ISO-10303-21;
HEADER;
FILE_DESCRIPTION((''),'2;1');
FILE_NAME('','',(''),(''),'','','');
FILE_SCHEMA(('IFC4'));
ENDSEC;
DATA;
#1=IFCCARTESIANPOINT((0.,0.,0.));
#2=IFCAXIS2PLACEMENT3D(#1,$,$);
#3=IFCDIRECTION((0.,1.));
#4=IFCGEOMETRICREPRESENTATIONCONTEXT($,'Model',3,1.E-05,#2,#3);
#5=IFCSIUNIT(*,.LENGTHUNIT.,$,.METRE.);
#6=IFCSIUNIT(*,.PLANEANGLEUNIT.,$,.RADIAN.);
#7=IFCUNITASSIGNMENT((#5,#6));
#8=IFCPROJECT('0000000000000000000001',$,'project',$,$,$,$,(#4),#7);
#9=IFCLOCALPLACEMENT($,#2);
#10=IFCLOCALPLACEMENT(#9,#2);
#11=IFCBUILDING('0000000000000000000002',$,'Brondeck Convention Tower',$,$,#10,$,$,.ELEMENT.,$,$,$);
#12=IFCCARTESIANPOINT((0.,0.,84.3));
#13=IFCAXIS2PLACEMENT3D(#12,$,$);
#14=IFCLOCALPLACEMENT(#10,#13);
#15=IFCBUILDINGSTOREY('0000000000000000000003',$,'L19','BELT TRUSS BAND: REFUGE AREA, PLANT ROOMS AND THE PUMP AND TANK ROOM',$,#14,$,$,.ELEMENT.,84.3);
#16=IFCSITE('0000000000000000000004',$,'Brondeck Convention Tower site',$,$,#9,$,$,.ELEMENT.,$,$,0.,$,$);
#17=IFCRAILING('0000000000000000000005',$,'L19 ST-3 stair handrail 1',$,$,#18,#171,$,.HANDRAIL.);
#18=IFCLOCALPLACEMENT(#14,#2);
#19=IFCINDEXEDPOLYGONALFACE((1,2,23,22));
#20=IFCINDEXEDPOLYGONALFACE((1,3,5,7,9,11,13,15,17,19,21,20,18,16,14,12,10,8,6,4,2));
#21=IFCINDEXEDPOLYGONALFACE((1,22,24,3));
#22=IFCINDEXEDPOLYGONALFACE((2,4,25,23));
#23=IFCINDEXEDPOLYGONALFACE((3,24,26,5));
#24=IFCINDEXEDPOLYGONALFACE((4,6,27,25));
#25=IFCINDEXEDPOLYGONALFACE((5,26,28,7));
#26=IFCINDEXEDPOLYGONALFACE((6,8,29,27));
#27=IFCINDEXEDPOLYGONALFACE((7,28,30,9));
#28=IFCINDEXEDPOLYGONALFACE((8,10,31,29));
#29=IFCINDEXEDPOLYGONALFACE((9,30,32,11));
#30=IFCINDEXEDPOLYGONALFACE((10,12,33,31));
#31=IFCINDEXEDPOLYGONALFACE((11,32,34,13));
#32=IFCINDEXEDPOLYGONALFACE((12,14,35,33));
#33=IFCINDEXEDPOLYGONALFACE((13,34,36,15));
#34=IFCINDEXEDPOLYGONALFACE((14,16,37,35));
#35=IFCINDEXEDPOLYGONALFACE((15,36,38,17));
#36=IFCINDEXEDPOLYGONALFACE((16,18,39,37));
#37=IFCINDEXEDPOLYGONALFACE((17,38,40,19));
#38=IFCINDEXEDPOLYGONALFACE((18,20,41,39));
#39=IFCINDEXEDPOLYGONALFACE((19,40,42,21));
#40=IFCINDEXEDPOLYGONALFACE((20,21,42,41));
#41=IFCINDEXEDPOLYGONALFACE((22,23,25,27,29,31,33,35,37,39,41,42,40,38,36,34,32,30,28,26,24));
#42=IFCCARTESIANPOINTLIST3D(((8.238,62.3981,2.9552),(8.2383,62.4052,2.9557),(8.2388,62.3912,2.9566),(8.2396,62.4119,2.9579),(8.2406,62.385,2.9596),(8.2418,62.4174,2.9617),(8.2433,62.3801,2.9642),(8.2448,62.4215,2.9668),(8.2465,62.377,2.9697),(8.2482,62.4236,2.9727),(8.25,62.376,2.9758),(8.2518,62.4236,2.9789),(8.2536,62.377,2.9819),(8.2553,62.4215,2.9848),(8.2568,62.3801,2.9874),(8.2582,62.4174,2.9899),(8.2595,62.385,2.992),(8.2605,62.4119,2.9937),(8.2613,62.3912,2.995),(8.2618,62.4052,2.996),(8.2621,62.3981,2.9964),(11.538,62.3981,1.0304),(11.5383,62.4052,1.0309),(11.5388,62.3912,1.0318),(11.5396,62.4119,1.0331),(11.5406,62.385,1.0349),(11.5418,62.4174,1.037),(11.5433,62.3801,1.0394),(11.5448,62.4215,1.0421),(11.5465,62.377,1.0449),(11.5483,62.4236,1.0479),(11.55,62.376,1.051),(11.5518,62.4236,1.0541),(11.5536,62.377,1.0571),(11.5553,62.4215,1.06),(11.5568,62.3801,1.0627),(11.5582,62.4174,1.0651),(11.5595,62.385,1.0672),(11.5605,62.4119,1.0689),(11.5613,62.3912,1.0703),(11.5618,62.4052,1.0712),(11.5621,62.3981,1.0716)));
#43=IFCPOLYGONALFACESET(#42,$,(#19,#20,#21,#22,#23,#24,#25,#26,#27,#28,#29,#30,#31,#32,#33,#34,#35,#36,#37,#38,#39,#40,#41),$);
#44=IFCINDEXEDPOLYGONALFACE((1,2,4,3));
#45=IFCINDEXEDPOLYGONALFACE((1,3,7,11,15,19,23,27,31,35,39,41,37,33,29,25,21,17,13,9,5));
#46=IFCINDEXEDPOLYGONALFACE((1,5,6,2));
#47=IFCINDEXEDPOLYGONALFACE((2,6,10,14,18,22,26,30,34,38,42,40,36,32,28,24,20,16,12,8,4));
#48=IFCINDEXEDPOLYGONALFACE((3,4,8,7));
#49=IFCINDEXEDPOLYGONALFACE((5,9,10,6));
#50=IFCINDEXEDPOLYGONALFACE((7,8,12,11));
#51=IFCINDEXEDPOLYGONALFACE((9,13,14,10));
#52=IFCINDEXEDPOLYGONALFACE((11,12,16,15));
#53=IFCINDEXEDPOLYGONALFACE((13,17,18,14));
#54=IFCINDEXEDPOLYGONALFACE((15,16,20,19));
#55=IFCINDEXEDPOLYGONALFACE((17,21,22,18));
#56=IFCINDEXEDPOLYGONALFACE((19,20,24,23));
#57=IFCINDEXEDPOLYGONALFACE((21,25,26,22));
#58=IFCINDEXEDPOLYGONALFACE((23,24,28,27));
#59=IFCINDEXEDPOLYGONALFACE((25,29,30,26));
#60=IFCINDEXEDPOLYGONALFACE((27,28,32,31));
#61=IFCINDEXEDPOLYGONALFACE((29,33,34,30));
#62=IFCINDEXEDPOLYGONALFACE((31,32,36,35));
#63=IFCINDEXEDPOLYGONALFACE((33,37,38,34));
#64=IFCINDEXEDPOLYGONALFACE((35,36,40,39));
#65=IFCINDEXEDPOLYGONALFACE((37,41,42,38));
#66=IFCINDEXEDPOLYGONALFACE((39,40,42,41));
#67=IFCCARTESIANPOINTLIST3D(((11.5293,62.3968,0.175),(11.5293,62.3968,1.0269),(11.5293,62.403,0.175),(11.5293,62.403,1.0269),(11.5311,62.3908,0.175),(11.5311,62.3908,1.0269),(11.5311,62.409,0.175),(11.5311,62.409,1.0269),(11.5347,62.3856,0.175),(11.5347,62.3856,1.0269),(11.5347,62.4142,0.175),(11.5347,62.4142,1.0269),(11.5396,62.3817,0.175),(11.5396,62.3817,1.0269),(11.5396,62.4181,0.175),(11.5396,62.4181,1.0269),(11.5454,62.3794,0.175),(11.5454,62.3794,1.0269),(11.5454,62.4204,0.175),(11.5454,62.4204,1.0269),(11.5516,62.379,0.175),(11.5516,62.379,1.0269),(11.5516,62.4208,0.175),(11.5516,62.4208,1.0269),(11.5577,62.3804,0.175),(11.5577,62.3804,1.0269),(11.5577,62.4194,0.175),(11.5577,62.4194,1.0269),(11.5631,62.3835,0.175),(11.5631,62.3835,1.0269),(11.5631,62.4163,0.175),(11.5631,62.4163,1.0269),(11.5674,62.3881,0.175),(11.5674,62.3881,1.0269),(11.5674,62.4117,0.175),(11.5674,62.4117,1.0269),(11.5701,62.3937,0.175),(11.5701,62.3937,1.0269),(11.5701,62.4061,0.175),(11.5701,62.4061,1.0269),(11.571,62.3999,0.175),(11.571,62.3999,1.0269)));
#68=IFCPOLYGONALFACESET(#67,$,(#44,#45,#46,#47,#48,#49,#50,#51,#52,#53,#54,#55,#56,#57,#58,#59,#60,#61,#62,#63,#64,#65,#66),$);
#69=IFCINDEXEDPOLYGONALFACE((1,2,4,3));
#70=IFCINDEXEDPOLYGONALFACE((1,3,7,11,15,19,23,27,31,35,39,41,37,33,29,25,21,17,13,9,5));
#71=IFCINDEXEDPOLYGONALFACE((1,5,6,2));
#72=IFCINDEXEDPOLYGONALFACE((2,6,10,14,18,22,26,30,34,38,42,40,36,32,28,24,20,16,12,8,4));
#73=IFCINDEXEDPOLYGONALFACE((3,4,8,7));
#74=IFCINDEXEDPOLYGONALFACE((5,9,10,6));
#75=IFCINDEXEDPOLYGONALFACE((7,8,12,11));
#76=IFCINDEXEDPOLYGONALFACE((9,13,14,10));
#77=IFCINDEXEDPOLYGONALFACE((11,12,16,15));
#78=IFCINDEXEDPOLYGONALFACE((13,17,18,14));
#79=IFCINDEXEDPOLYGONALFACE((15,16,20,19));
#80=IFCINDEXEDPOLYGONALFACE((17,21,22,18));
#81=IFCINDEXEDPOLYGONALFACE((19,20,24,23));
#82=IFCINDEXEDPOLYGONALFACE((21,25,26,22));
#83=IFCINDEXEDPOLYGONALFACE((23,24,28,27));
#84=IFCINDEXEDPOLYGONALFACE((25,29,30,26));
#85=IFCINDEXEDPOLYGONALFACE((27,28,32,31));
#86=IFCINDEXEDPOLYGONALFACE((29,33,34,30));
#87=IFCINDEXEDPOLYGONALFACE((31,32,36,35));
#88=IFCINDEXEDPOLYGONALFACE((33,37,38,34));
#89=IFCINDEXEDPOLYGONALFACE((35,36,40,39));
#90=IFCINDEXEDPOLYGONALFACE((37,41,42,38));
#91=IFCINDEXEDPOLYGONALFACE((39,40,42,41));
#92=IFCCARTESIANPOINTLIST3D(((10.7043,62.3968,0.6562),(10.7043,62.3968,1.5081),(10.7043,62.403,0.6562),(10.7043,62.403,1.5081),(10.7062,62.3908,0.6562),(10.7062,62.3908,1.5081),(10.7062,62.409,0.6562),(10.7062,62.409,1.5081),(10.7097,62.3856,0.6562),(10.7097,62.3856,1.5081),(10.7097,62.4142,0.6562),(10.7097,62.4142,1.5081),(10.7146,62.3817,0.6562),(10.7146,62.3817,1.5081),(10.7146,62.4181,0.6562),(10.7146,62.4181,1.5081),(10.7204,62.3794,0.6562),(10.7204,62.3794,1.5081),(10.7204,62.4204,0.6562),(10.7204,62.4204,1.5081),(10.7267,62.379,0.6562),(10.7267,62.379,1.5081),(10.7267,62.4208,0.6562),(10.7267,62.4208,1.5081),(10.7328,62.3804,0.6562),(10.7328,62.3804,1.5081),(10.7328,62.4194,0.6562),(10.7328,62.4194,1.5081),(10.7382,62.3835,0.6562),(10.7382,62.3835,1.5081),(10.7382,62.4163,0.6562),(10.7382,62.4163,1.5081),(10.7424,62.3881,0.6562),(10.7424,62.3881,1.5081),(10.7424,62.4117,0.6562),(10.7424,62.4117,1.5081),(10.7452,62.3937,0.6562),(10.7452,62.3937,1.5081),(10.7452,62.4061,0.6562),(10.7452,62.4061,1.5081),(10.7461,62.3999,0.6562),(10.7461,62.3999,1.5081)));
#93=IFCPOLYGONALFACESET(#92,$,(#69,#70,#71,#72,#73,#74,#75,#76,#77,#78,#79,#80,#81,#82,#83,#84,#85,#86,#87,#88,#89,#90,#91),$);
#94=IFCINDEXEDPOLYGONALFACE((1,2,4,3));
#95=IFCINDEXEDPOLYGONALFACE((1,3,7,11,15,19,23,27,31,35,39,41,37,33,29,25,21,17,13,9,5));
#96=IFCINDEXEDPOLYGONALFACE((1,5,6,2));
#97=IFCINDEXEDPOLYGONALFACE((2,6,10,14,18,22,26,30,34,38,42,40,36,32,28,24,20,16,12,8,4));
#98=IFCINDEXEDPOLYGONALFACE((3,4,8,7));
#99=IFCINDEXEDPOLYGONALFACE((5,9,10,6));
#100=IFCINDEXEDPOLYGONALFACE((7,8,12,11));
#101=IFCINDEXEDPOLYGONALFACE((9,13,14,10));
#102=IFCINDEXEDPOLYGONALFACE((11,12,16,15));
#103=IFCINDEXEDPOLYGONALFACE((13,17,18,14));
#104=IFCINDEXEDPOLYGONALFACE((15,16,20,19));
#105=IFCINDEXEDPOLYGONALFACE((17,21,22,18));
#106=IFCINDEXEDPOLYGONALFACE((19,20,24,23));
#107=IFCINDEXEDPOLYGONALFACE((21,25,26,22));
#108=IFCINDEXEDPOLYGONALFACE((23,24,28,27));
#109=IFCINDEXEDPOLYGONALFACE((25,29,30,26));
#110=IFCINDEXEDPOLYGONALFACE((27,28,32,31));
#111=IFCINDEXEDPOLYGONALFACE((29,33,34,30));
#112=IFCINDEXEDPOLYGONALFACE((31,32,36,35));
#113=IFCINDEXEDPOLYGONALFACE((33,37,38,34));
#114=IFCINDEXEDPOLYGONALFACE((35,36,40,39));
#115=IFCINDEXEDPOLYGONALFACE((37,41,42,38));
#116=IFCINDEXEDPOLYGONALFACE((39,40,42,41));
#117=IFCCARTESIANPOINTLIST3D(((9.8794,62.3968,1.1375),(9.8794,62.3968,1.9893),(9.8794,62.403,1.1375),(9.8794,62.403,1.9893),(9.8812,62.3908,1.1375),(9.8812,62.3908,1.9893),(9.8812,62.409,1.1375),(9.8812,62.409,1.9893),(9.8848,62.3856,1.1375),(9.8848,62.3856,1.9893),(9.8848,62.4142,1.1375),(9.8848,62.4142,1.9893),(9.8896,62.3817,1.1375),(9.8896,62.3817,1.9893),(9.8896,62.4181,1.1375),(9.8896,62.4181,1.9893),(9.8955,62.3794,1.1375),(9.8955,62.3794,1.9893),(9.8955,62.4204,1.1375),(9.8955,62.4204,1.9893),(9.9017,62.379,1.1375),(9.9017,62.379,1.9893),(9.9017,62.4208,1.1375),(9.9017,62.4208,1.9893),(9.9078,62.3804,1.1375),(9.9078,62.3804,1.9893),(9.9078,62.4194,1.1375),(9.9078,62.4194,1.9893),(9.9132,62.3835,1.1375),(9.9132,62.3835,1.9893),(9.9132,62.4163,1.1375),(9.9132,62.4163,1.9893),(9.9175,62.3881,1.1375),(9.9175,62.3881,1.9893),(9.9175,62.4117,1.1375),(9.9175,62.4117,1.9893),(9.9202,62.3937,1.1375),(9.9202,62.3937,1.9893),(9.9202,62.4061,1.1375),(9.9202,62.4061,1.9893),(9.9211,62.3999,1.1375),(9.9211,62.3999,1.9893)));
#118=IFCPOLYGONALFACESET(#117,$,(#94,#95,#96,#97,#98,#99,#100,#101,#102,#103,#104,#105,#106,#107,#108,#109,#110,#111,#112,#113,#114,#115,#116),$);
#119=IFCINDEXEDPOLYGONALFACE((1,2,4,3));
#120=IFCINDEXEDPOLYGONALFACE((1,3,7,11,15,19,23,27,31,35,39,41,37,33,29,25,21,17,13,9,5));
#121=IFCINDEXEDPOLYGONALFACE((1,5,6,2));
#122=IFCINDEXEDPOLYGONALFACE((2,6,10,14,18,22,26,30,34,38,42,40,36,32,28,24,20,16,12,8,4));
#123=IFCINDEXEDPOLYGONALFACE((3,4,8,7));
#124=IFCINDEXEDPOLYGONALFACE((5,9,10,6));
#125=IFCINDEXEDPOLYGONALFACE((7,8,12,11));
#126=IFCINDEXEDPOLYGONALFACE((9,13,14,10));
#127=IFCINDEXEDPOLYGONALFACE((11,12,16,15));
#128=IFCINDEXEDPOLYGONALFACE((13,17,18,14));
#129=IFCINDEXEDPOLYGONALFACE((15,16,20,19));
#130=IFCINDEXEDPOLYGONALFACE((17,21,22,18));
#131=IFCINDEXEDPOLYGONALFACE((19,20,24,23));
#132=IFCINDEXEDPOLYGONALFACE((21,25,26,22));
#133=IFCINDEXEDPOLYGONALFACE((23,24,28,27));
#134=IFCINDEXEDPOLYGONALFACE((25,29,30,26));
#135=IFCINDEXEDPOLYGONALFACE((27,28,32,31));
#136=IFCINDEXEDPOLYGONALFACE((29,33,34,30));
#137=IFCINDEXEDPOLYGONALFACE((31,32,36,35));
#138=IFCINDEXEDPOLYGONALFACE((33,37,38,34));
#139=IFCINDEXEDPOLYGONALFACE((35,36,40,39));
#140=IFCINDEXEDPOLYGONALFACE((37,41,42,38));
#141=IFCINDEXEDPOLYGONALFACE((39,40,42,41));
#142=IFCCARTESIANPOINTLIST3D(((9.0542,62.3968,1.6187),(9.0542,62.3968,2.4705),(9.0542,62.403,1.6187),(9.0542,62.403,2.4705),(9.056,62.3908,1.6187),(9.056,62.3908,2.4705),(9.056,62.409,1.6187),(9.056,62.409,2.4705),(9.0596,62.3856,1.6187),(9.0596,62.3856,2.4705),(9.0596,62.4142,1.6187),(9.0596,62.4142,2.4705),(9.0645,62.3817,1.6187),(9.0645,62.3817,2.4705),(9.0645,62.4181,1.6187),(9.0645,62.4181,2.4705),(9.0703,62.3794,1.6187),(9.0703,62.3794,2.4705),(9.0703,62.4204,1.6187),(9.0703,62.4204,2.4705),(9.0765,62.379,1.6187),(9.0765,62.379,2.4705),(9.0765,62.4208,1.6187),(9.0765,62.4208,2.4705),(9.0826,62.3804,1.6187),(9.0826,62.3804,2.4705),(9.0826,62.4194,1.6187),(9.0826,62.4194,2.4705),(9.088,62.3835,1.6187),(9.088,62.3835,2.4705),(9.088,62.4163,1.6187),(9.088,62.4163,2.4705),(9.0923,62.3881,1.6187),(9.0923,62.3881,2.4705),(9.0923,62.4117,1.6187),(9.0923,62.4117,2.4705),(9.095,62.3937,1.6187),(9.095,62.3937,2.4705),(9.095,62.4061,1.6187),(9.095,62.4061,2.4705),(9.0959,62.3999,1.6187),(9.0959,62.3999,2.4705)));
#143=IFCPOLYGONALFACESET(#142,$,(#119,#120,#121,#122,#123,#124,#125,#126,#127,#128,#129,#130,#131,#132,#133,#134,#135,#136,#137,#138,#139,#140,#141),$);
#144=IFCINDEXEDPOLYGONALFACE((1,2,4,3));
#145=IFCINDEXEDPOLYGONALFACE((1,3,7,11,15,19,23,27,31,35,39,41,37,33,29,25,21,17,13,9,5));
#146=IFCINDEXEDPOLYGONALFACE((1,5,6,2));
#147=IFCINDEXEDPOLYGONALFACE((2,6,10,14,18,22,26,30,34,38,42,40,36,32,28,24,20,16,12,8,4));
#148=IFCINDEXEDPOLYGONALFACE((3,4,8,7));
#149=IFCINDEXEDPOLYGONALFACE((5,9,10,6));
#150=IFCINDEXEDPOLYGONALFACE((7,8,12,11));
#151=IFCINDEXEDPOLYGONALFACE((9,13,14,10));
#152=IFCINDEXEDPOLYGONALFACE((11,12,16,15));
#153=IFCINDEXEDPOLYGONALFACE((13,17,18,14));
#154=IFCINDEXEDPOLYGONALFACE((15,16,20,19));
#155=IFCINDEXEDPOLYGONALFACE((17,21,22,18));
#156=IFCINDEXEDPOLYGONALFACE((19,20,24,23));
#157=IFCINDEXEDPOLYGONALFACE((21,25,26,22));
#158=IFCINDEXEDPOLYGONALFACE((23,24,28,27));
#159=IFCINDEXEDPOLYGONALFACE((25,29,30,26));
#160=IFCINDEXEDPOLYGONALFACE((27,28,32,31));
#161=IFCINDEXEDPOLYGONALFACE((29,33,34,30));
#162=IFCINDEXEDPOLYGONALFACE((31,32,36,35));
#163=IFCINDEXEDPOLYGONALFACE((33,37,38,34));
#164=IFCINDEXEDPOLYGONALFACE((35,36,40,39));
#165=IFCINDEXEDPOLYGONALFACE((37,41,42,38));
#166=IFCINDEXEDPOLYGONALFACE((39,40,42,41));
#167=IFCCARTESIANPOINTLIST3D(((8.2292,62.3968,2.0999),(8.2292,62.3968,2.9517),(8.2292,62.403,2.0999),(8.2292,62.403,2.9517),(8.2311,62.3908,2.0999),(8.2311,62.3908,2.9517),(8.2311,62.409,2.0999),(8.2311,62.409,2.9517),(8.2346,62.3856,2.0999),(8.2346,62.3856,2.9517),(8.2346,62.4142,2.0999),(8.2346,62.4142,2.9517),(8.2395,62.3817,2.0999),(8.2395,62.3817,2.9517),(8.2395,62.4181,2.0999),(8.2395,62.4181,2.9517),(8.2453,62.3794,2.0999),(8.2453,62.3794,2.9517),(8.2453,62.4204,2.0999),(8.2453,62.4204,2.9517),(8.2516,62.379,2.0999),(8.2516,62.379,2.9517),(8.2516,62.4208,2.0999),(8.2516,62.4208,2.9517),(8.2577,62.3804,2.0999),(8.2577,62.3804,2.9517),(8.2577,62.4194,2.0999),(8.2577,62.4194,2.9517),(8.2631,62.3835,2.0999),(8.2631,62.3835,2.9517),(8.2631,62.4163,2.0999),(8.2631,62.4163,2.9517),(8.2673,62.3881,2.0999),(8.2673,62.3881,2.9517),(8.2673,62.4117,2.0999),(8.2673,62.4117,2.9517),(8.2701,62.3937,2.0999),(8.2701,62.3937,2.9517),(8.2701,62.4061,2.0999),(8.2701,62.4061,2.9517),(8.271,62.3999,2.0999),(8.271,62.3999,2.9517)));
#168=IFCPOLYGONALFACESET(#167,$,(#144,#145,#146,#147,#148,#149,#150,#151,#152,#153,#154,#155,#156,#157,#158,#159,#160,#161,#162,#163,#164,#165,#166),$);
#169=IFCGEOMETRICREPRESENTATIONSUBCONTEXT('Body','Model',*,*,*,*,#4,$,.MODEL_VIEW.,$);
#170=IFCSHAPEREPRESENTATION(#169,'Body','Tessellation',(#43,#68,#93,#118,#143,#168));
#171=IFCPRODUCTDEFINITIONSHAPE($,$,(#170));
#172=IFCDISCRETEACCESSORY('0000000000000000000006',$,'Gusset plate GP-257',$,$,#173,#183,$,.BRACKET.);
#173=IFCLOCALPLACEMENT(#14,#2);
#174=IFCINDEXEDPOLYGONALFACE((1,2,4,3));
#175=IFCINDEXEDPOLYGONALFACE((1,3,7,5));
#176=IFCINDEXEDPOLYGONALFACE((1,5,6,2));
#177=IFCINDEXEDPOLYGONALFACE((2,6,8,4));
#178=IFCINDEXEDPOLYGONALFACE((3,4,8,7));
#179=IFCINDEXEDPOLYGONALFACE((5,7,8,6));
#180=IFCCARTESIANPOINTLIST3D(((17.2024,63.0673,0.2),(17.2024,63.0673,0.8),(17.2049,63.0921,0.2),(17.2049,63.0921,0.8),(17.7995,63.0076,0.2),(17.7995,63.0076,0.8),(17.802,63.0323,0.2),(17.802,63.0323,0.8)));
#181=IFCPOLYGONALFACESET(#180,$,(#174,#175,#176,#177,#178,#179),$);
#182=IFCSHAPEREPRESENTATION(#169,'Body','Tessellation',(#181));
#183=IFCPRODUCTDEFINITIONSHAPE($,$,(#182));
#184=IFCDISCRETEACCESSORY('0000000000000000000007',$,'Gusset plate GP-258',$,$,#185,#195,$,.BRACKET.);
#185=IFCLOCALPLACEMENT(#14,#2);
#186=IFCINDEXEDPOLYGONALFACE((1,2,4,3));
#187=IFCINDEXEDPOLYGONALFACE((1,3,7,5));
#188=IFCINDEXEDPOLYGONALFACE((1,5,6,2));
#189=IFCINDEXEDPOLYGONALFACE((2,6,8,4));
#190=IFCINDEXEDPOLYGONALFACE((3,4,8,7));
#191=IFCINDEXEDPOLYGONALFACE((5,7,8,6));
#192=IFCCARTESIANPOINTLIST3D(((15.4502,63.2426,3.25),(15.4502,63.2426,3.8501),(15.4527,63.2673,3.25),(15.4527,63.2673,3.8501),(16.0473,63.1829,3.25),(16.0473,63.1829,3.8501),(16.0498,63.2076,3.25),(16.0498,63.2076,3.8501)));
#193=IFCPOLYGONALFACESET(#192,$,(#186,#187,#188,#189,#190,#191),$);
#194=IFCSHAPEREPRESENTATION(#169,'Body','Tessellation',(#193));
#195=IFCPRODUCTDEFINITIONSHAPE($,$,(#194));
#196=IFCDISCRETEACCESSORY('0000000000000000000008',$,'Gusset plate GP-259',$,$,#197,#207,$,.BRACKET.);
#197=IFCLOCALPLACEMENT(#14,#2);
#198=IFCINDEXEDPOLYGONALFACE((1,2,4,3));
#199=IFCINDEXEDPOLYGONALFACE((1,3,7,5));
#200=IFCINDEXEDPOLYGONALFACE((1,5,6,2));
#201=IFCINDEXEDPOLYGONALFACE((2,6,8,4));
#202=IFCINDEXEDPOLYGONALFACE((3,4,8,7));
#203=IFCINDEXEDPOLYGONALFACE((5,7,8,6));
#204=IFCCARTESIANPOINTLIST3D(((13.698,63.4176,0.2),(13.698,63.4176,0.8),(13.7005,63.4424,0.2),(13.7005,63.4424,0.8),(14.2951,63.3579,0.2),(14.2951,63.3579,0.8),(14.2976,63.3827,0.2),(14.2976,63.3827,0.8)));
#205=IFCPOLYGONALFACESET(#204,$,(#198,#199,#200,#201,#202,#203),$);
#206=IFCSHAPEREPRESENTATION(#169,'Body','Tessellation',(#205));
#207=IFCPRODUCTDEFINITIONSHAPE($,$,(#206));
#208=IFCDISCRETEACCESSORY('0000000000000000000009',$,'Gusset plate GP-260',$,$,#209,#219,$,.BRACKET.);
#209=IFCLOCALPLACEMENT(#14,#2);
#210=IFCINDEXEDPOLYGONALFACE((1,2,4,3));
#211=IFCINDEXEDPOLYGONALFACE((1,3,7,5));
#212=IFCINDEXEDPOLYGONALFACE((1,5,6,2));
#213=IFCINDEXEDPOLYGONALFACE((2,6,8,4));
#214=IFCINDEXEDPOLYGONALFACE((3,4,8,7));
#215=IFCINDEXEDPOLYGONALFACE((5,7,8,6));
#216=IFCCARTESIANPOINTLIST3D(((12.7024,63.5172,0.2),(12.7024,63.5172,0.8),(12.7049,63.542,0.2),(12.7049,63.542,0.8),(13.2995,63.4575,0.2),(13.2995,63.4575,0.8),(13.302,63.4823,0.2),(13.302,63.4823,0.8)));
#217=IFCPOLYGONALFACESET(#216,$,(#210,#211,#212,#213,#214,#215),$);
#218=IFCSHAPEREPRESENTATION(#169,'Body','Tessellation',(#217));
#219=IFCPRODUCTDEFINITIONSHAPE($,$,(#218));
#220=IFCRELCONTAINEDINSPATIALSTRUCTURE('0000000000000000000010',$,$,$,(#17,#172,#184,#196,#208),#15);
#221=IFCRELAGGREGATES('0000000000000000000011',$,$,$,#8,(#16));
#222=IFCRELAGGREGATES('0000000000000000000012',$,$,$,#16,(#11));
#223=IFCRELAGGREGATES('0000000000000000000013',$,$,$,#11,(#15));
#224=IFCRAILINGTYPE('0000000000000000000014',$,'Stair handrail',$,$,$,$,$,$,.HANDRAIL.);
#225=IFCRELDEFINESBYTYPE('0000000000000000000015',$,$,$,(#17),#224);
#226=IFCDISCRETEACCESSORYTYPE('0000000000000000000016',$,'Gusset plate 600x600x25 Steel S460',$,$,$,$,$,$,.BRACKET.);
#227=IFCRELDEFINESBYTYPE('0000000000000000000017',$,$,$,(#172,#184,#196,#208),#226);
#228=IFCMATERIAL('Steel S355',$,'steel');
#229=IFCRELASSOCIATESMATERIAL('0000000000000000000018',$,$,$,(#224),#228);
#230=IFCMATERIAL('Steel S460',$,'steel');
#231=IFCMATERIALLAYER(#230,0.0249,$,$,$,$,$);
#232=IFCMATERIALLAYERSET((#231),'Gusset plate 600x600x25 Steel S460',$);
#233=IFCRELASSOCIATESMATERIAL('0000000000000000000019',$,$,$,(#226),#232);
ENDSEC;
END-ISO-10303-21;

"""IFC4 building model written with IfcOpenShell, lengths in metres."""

from ifc_helpers import new_model, si_unit, direction, frame, origin, origin_2d, place, context, subcontext, project, spatial, rectangle, circle, extrude, material, layer, layer_set, type_object, element, save


model = new_model("IFC4")

# Units and contexts
model_context = context("Model", 3, precision=1e-05, world=origin(), true_north=direction((0.0, 1.0)))
body_context = subcontext(model_context, "Body", "Model", "MODEL_VIEW")
ifc_project = project(units=[si_unit("LENGTHUNIT", "METRE"), si_unit("PLANEANGLEUNIT", "RADIAN")], contexts=[model_context])

# Site, building, storey
site_placement = place(None, origin())
site = spatial("IfcSite", under=ifc_project, at=site_placement, Name="Brondeck Convention Tower site", CompositionType="ELEMENT", RefElevation=0.0)
building_placement = place(site_placement, origin())
building = spatial("IfcBuilding", under=site, at=building_placement, Name="Brondeck Convention Tower", CompositionType="ELEMENT")
storey_placement = place(building_placement, frame((0.0, 0.0, 84.3)))
storey = spatial("IfcBuildingStorey", under=building, at=storey_placement, Name="L19", Description="BELT TRUSS BAND: REFUGE AREA, PLANT ROOMS AND THE PUMP AND TANK ROOM", CompositionType="ELEMENT", Elevation=84.3)

# Shared definitions
ifc_material_1 = material(Name="Steel S460", Category="steel")

# Railing
ifc_material_2 = material(Name="Steel S355", Category="steel")
railing_type_1 = type_object("IfcRailingType", Name="Stair handrail", PredefinedType="HANDRAIL", material=ifc_material_2)
railing_1_placement = place(storey_placement, frame((11.55, 62.3999, 0.175)))
element("IfcRailing", 1, at=railing_1_placement, inside=storey, type_object=railing_type_1, Name="L19 ST-3 stair handrail 1", PredefinedType="HANDRAIL", context=body_context, shape_type="SweptSolid", body=[
    extrude(circle(Radius=0.0239, at=origin_2d()), frame((0.0, 0.0, 0.876), z_axis=(-0.863804, 0.0, 0.503827), x_axis=(0.0, -1.0, 0.0)), (0.0, 0.0, 1.0), 3.8203),
    extrude(circle(Radius=0.021, at=origin_2d()), origin(), (0.0, 0.0, 1.0), 0.8518),
    extrude(circle(Radius=0.021, at=origin_2d()), frame((-0.825, 0.0, 0.4812)), (0.0, 0.0, 1.0), 0.8518),
    extrude(circle(Radius=0.021, at=origin_2d()), frame((-1.6499, 0.0, 0.9624)), (0.0, 0.0, 1.0), 0.8518),
    extrude(circle(Radius=0.021, at=origin_2d()), frame((-2.4751, 0.0, 1.4436)), (0.0, 0.0, 1.0), 0.8518),
    extrude(circle(Radius=0.021, at=origin_2d()), frame((-3.3, 0.0, 1.9248)), (0.0, 0.0, 1.0), 0.8518),
])

# Discrete accessories
ifc_layer_1 = layer(ifc_material_1, 0.0249)
ifc_layer_set_1 = layer_set([ifc_layer_1], Name="Gusset plate 600x600x25 Steel S460")
discrete_accessory_type = type_object("IfcDiscreteAccessoryType", Name="Gusset plate 600x600x25 Steel S460", PredefinedType="BRACKET", material=ifc_layer_set_1)
for number, where, z_axis, x_axis, name in (
    (2, (17.5022, 63.0498, 0.2), (0.0, 0.0, 1.0), (-0.995036, 0.099511, 0.0), "Gusset plate GP-257"),
    (3, (15.75, 63.2251, 3.25), (0.0, 0.0, 1.0), (-0.995036, 0.099511, 0.0), "Gusset plate GP-258"),
    (4, (13.9978, 63.4001, 0.2), (0.0, 0.0, 1.0), (-0.995036, 0.099511, 0.0), "Gusset plate GP-259"),
    (5, (13.0022, 63.4998, 0.2), (0.0, 0.0, 1.0), (-0.995036, 0.099511, 0.0), "Gusset plate GP-260"),
):
    element("IfcDiscreteAccessory", number, at=place(storey_placement, frame(where, z_axis=z_axis, x_axis=x_axis)), inside=storey, type_object=discrete_accessory_type, Name=name, PredefinedType="BRACKET", context=body_context, shape_type="SweptSolid", body=[
        extrude(rectangle(XDim=0.6001, YDim=0.0249, at=origin_2d()), origin(), (0.0, 0.0, 1.0), 0.6001),
    ])

save(model, "model.ifc")
